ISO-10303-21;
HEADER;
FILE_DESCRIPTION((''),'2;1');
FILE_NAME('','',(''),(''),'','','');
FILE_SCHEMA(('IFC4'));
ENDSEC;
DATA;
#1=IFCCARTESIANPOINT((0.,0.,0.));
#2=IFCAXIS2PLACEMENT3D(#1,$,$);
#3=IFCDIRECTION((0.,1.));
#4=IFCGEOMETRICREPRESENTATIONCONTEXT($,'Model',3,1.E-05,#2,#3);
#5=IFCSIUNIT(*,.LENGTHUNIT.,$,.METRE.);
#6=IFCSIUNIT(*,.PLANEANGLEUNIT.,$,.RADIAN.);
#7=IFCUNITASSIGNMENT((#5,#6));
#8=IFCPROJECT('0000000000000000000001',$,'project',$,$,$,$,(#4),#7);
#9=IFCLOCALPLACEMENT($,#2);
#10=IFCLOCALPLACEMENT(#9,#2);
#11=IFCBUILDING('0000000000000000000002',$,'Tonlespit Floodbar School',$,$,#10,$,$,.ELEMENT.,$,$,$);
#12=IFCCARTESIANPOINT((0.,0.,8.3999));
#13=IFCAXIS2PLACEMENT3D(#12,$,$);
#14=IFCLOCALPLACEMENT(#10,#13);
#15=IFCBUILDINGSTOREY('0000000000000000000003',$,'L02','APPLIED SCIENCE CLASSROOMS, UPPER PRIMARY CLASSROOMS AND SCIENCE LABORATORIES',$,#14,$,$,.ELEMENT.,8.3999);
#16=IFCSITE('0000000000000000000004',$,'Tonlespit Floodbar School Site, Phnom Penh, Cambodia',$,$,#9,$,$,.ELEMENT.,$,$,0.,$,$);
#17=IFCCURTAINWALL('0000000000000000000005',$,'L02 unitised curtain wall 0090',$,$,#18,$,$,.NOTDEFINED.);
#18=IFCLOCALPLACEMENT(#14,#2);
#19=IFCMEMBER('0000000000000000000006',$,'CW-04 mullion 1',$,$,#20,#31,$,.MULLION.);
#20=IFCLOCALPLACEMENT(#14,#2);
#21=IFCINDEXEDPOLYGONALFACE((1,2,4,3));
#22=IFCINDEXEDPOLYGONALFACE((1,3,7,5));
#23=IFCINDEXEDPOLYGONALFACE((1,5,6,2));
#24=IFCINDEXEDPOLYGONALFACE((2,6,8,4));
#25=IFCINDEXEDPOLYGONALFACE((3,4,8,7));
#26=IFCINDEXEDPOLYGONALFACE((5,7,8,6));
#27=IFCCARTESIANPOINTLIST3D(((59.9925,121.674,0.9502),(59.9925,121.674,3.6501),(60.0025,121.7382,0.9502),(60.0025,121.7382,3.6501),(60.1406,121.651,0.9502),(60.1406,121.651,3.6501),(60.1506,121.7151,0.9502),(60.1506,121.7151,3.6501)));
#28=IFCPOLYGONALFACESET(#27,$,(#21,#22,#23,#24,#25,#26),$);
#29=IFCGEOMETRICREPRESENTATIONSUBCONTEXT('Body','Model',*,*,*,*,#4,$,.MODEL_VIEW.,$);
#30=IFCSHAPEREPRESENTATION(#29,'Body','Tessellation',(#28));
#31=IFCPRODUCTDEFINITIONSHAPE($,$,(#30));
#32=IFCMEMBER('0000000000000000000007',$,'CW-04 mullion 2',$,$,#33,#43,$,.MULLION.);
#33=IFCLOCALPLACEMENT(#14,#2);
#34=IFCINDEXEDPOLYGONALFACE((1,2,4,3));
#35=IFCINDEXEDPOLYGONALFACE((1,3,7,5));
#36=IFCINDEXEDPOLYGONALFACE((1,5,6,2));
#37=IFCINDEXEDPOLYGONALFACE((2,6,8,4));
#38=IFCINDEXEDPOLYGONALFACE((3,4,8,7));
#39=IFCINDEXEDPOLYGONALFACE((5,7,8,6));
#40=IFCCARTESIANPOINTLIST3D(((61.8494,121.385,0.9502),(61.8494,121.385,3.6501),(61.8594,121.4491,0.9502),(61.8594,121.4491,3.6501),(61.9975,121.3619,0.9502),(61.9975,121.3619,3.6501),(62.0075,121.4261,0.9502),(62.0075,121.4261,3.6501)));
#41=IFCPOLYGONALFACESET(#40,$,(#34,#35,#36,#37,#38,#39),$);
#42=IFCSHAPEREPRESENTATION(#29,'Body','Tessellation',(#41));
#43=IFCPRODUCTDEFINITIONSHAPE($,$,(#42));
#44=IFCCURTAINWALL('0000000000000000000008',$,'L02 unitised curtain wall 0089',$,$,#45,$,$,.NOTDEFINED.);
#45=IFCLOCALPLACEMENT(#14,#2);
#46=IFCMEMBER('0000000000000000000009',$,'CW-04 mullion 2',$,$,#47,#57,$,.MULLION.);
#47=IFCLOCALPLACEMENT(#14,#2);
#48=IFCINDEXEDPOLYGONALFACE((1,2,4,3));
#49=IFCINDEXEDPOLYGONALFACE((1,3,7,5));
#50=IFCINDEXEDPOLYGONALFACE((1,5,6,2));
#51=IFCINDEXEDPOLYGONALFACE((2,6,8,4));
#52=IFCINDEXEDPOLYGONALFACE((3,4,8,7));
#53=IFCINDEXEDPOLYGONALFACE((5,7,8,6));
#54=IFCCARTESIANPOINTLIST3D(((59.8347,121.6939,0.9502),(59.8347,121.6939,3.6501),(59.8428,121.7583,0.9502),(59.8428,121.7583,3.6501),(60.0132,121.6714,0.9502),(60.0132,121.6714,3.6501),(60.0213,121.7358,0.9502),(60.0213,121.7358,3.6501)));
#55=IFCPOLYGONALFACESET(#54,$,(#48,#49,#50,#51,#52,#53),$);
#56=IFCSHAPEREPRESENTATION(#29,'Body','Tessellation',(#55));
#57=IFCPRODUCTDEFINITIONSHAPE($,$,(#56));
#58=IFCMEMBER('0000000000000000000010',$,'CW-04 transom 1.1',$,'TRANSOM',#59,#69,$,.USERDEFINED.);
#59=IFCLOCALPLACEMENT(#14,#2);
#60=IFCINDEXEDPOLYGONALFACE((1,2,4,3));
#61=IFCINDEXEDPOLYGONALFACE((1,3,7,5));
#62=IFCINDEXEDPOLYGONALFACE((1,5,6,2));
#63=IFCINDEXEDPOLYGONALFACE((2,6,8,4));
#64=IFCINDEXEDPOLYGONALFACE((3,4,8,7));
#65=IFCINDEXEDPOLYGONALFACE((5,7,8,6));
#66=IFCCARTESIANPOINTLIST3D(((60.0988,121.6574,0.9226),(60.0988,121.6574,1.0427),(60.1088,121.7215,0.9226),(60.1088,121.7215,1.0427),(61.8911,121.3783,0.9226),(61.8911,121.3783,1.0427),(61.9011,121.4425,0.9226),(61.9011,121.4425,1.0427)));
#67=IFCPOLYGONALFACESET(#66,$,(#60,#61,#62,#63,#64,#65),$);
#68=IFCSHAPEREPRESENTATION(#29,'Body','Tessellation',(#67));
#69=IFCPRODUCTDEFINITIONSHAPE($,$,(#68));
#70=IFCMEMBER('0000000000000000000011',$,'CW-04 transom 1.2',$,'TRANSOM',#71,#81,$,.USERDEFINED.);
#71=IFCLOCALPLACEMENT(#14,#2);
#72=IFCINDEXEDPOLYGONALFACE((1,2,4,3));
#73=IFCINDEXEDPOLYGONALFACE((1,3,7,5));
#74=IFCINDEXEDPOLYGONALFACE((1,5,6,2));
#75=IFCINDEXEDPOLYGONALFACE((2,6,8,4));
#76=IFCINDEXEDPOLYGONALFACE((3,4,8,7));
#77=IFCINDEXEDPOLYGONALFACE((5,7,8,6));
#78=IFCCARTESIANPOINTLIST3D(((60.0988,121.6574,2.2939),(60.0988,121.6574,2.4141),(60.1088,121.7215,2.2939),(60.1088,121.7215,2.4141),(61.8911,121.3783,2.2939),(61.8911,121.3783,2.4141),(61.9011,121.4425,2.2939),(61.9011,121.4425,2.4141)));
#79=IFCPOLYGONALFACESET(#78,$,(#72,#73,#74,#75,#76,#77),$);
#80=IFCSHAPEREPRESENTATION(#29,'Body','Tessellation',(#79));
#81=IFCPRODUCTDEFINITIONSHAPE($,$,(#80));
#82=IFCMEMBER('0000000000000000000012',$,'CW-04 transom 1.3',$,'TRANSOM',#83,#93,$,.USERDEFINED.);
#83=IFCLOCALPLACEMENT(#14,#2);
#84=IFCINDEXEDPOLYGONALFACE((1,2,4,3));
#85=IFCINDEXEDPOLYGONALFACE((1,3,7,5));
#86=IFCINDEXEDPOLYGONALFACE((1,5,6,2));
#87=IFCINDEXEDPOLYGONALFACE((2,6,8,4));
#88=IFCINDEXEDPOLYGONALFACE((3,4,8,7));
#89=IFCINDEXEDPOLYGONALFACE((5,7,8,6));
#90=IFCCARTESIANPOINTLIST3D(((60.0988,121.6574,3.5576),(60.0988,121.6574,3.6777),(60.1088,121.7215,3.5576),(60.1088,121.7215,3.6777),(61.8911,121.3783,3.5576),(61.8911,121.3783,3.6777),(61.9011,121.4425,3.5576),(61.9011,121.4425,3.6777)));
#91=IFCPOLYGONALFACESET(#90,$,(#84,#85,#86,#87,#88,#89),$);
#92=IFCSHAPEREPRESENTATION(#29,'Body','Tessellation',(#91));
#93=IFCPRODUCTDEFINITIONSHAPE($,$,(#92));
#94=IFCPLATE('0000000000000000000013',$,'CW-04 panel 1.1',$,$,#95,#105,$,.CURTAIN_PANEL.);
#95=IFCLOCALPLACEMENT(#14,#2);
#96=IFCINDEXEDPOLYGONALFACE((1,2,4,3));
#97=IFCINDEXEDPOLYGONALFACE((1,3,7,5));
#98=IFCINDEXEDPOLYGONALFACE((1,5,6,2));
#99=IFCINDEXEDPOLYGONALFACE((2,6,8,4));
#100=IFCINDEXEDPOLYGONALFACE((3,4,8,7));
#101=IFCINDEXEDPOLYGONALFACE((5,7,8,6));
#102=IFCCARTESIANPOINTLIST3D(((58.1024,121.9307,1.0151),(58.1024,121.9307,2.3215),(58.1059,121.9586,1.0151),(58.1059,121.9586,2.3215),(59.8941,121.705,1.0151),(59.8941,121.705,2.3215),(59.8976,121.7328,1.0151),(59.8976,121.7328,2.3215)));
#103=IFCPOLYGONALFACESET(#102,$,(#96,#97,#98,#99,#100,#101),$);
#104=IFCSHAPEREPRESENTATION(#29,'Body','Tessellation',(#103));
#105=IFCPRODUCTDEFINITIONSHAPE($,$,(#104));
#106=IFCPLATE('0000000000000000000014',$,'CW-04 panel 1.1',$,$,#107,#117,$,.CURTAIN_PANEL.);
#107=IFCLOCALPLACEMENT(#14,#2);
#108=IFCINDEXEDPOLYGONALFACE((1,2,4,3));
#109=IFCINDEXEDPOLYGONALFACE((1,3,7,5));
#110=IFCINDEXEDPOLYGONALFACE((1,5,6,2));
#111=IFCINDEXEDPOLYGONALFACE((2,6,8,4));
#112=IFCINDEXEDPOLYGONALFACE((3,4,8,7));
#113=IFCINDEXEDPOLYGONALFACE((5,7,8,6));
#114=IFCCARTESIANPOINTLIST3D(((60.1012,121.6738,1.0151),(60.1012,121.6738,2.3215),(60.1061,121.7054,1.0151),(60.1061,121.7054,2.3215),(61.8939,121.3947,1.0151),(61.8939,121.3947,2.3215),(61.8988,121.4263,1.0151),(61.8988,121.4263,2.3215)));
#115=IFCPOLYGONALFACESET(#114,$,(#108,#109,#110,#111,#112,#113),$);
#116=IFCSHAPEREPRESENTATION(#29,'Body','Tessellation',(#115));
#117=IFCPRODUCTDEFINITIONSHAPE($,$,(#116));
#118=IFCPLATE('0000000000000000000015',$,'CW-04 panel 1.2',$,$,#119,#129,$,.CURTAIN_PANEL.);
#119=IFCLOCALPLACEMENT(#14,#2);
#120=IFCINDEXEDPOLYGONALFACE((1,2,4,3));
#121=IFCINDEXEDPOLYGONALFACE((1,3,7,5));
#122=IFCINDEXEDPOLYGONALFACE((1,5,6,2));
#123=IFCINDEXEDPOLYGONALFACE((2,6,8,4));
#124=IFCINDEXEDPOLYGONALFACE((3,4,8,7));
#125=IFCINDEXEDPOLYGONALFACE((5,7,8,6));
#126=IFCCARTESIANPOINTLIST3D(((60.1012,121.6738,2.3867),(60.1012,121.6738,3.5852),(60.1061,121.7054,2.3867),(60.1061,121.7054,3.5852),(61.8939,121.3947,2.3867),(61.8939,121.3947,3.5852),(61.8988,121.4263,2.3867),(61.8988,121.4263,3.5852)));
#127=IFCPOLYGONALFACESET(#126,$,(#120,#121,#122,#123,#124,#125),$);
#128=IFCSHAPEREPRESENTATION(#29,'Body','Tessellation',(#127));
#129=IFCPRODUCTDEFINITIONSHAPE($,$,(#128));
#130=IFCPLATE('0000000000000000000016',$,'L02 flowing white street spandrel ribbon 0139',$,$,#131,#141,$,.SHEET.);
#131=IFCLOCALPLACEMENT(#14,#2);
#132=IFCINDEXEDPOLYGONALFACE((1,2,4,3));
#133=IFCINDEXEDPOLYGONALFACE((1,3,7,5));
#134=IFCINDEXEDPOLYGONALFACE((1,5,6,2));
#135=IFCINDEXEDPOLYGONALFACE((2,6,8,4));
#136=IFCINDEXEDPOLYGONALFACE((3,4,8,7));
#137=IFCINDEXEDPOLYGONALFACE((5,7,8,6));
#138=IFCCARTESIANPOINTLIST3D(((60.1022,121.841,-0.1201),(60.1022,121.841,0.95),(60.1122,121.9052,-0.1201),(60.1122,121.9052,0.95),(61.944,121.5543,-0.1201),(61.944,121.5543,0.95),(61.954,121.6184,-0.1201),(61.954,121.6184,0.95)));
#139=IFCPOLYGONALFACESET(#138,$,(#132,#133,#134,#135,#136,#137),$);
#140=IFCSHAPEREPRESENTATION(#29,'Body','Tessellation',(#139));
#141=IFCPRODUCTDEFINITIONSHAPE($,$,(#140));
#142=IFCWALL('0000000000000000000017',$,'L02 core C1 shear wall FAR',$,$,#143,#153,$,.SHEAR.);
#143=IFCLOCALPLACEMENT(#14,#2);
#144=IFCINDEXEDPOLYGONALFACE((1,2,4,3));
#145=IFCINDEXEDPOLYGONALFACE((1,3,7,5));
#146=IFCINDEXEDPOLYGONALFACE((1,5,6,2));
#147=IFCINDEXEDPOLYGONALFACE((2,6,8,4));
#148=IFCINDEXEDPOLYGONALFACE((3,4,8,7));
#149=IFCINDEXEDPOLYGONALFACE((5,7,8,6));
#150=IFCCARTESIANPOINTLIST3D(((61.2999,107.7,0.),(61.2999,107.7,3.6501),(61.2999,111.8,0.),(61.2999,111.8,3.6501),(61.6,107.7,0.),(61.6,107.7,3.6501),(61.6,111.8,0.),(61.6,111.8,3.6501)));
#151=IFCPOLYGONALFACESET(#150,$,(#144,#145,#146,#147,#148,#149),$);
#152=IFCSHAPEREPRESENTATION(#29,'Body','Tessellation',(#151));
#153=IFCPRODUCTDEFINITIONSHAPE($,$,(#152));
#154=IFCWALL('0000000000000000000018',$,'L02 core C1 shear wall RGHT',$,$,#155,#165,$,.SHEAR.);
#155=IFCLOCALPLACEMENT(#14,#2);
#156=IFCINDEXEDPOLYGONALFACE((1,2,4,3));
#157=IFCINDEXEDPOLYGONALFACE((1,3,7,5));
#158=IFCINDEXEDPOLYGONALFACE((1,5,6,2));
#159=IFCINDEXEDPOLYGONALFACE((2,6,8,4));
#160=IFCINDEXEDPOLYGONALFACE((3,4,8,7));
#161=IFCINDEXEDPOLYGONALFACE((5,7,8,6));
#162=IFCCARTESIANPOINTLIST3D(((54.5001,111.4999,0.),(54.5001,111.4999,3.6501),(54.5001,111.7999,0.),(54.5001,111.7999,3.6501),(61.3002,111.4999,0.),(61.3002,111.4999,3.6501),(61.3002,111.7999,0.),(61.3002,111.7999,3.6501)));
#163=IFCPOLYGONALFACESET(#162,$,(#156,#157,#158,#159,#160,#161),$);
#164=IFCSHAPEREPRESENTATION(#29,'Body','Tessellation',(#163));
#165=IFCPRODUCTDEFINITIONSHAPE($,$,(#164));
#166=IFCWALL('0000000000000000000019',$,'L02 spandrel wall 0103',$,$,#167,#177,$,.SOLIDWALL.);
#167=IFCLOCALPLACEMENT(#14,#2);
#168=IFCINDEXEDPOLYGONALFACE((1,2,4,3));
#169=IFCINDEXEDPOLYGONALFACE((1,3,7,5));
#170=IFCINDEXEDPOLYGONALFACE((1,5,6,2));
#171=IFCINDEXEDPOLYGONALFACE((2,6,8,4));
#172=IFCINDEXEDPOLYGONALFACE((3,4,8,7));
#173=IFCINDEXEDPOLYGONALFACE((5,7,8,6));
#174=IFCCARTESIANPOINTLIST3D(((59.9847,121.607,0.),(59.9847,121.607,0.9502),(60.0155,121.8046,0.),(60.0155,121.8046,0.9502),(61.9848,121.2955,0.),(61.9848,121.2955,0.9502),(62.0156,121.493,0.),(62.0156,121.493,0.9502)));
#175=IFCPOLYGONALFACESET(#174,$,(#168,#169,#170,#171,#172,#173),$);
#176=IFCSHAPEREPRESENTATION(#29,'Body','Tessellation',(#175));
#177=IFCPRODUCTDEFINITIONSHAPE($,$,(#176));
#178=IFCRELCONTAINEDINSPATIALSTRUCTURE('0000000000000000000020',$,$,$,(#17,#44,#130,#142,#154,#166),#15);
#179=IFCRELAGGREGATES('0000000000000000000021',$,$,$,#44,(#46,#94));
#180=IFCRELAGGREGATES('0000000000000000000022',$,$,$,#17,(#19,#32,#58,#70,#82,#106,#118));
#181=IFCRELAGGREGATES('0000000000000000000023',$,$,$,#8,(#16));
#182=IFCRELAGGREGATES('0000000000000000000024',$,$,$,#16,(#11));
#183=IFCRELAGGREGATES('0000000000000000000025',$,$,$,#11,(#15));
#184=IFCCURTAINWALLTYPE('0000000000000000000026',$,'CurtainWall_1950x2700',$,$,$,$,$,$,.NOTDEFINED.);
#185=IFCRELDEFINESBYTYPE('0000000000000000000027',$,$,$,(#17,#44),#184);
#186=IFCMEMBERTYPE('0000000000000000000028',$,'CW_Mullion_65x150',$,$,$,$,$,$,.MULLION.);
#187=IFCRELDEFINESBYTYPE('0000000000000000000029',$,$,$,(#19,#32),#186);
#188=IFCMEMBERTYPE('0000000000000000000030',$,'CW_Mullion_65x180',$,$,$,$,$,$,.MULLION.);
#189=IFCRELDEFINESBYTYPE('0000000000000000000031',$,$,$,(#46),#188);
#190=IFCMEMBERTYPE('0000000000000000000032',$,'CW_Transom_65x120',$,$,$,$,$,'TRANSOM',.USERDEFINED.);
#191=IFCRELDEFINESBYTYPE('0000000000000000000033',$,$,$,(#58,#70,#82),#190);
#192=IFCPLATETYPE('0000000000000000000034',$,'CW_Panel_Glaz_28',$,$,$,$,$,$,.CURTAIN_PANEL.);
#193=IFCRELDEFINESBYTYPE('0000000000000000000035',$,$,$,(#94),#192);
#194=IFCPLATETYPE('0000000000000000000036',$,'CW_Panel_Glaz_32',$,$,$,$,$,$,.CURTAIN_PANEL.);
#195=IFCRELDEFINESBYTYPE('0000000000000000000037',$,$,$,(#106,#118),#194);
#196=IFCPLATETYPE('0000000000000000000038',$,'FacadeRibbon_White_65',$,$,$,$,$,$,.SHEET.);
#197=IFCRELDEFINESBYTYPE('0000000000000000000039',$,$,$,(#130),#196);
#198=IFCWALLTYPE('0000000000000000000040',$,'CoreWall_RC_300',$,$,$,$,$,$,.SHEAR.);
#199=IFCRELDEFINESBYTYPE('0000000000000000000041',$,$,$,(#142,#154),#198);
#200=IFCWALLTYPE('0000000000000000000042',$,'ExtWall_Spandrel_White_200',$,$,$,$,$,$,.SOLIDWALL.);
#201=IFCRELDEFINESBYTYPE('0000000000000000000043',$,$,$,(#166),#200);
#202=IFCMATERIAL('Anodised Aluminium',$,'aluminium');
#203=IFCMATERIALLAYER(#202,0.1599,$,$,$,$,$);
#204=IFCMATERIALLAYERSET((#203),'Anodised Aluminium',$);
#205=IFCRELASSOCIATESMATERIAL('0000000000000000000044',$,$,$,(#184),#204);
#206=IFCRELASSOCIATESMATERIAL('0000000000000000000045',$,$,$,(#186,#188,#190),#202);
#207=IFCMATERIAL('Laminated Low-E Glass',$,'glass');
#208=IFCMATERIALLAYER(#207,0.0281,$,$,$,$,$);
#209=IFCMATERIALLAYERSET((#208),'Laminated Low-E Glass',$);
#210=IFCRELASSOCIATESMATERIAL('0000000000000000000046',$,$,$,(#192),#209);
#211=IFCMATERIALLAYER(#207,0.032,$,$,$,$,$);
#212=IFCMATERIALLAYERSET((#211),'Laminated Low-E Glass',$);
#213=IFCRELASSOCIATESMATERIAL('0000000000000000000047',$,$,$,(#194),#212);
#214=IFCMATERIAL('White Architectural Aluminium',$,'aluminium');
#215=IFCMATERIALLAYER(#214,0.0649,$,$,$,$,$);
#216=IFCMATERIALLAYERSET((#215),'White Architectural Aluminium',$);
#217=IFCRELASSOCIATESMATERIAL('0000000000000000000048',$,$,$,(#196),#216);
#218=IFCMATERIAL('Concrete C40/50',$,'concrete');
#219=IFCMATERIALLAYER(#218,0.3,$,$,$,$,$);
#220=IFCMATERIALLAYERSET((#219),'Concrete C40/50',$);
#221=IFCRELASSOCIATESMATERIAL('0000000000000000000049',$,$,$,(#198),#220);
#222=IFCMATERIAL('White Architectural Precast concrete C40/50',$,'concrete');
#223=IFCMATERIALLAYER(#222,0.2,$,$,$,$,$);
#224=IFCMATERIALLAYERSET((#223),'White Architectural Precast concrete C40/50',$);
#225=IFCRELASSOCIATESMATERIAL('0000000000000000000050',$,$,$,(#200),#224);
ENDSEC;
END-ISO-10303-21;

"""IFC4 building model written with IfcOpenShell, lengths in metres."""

from ifc_helpers import new_model, si_unit, direction, frame, frame_2d, origin, origin_2d, place, context, subcontext, project, spatial, rectangle, extrude, material, layer, layer_set, material_profile, profile_set, type_object, element, aggregate, save


model = new_model("IFC4")

# Units and contexts
model_context = context("Model", 3, precision=1e-05, world=origin(), true_north=direction((0.0, 1.0)))
body_context = subcontext(model_context, "Body", "Model", "MODEL_VIEW")
ifc_project = project(units=[si_unit("LENGTHUNIT", "METRE"), si_unit("PLANEANGLEUNIT", "RADIAN")], contexts=[model_context])

# Site, building, storey
site_placement = place(None, origin())
site = spatial("IfcSite", under=ifc_project, at=site_placement, Name="Tonlespit Floodbar School Site, Phnom Penh, Cambodia", CompositionType="ELEMENT", RefElevation=0.0)
building_placement = place(site_placement, origin())
building = spatial("IfcBuilding", under=site, at=building_placement, Name="Tonlespit Floodbar School", CompositionType="ELEMENT")
storey_placement = place(building_placement, frame((0.0, 0.0, 8.3999)))
storey = spatial("IfcBuildingStorey", under=building, at=storey_placement, Name="L02", Description="APPLIED SCIENCE CLASSROOMS, UPPER PRIMARY CLASSROOMS AND SCIENCE LABORATORIES", CompositionType="ELEMENT", Elevation=8.3999)

# Curtain wall, members
ifc_material_1 = material(Name="Anodised Aluminium", Category="aluminium")
ifc_layer_1 = layer(ifc_material_1, 0.1599)
ifc_layer_set_1 = layer_set([ifc_layer_1], Name="Anodised Aluminium")
curtain_wall_type = type_object("IfcCurtainWallType", Name="CurtainWall_1950x2700", PredefinedType="NOTDEFINED", material=ifc_layer_set_1)
curtain_wall_1_placement = place(storey_placement, origin())
curtain_wall_1 = element("IfcCurtainWall", 1, at=curtain_wall_1_placement, inside=storey, type_object=curtain_wall_type, Name="L02 unitised curtain wall 0090", PredefinedType="NOTDEFINED")
ifc_material_profile_1 = material_profile(ifc_material_1, rectangle(XDim=0.0649, YDim=0.1499, at=origin_2d()), Name="ALU M65x150")
ifc_profile_set_1 = profile_set([ifc_material_profile_1], Name="Anodised Aluminium")
member_type_1 = type_object("IfcMemberType", Name="CW_Mullion_65x150", PredefinedType="MULLION", material=ifc_profile_set_1)
member_1_placement = place(storey_placement, frame((60.0715, 121.6946, 0.9502), z_axis=(0.0, 0.0, 1.0), x_axis=(0.153796, 0.988103, 0.0)))
member_1 = element("IfcMember", 2, at=member_1_placement, type_object=member_type_1, Name="CW-04 mullion 1", PredefinedType="MULLION", context=body_context, shape_type="SweptSolid", body=[
    extrude(rectangle(XDim=0.0649, YDim=0.1499, at=origin_2d()), origin(), (0.0, 0.0, 1.0), 2.7),
])
member_2_placement = place(storey_placement, frame((61.9285, 121.4055, 0.9502), z_axis=(0.0, 0.0, 1.0), x_axis=(0.153796, 0.988103, 0.0)))
member_2 = element("IfcMember", 3, at=member_2_placement, type_object=member_type_1, Name="CW-04 mullion 2", PredefinedType="MULLION", context=body_context, shape_type="SweptSolid", body=[
    extrude(rectangle(XDim=0.0649, YDim=0.1499, at=origin_2d()), origin(), (0.0, 0.0, 1.0), 2.7),
])

# Curtain wall, member
curtain_wall_2_placement = place(storey_placement, origin())
curtain_wall_2 = element("IfcCurtainWall", 4, at=curtain_wall_2_placement, inside=storey, type_object=curtain_wall_type, Name="L02 unitised curtain wall 0089", PredefinedType="NOTDEFINED")
ifc_material_profile_2 = material_profile(ifc_material_1, rectangle(XDim=0.0649, YDim=0.1799, at=origin_2d()), Name="ALU M65x180")
ifc_profile_set_2 = profile_set([ifc_material_profile_2], Name="Anodised Aluminium")
member_type_2 = type_object("IfcMemberType", Name="CW_Mullion_65x180", PredefinedType="MULLION", material=ifc_profile_set_2)
member_3_placement = place(storey_placement, frame((59.928, 121.7148, 0.9502), z_axis=(0.0, 0.0, 1.0), x_axis=(0.125014, 0.992155, 0.0)))
member_3 = element("IfcMember", 5, at=member_3_placement, type_object=member_type_2, Name="CW-04 mullion 2", PredefinedType="MULLION", context=body_context, shape_type="SweptSolid", body=[
    extrude(rectangle(XDim=0.0649, YDim=0.1799, at=origin_2d()), origin(), (0.0, 0.0, 1.0), 2.7),
])

# Members
ifc_material_profile_3 = material_profile(ifc_material_1, rectangle(XDim=0.0649, YDim=0.1201, at=origin_2d()), Name="ALU T65x120")
ifc_profile_set_3 = profile_set([ifc_material_profile_3], Name="Anodised Aluminium")
member_type_3 = type_object("IfcMemberType", Name="CW_Transom_65x120", ElementType="TRANSOM", PredefinedType="USERDEFINED", material=ifc_profile_set_3)
member_4_placement = place(storey_placement, frame((60.1038, 121.6895, 0.9827), z_axis=(0.988098, -0.153827, 0.0), x_axis=(0.153827, 0.988098, 0.0)))
member_4 = element("IfcMember", 6, at=member_4_placement, type_object=member_type_3, Name="CW-04 transom 1.1", ObjectType="TRANSOM", PredefinedType="USERDEFINED", context=body_context, shape_type="SweptSolid", body=[
    extrude(rectangle(XDim=0.0649, YDim=0.1201, at=origin_2d()), origin(), (0.0, 0.0, 1.0), 1.814),
])
member_5_placement = place(storey_placement, frame((60.1038, 121.6895, 2.354), z_axis=(0.988098, -0.153827, 0.0), x_axis=(0.153827, 0.988098, 0.0)))
member_5 = element("IfcMember", 7, at=member_5_placement, type_object=member_type_3, Name="CW-04 transom 1.2", ObjectType="TRANSOM", PredefinedType="USERDEFINED", context=body_context, shape_type="SweptSolid", body=[
    extrude(rectangle(XDim=0.0649, YDim=0.1201, at=origin_2d()), origin(), (0.0, 0.0, 1.0), 1.814),
])
member_6_placement = place(storey_placement, frame((60.1038, 121.6895, 3.6177), z_axis=(0.988098, -0.153827, 0.0), x_axis=(0.153827, 0.988098, 0.0)))
member_6 = element("IfcMember", 8, at=member_6_placement, type_object=member_type_3, Name="CW-04 transom 1.3", ObjectType="TRANSOM", PredefinedType="USERDEFINED", context=body_context, shape_type="SweptSolid", body=[
    extrude(rectangle(XDim=0.0649, YDim=0.1201, at=origin_2d()), origin(), (0.0, 0.0, 1.0), 1.814),
])

# Plates
ifc_material_2 = material(Name="Laminated Low-E Glass", Category="glass")
ifc_layer_2 = layer(ifc_material_2, 0.0281)
ifc_layer_set_2 = layer_set([ifc_layer_2], Name="Laminated Low-E Glass")
plate_type_1 = type_object("IfcPlateType", Name="CW_Panel_Glaz_28", PredefinedType="CURTAIN_PANEL", material=ifc_layer_set_2)
plate_1_placement = place(storey_placement, frame((59.0, 121.8318, 1.0151), z_axis=(0.0, 0.0, 1.0), x_axis=(0.992155, -0.125014, 0.0)))
plate_1 = element("IfcPlate", 9, at=plate_1_placement, type_object=plate_type_1, Name="CW-04 panel 1.1", PredefinedType="CURTAIN_PANEL", context=body_context, shape_type="SweptSolid", body=[
    extrude(rectangle(XDim=1.8059, YDim=0.0281, at=origin_2d()), origin(), (0.0, 0.0, 1.0), 1.3064),
])
aggregate(curtain_wall_2, [member_3, plate_1])
ifc_layer_3 = layer(ifc_material_2, 0.032)
ifc_layer_set_3 = layer_set([ifc_layer_3], Name="Laminated Low-E Glass")
plate_type_2 = type_object("IfcPlateType", Name="CW_Panel_Glaz_32", PredefinedType="CURTAIN_PANEL", material=ifc_layer_set_3)
plate_2_placement = place(storey_placement, frame((61.0, 121.55, 1.0151), z_axis=(0.0, 0.0, 1.0), x_axis=(0.988103, -0.153796, 0.0)))
plate_2 = element("IfcPlate", 10, at=plate_2_placement, type_object=plate_type_2, Name="CW-04 panel 1.1", PredefinedType="CURTAIN_PANEL", context=body_context, shape_type="SweptSolid", body=[
    extrude(rectangle(XDim=1.8142, YDim=0.032, at=origin_2d()), origin(), (0.0, 0.0, 1.0), 1.3064),
])
plate_3_placement = place(storey_placement, frame((61.0, 121.55, 2.3867), z_axis=(0.0, 0.0, 1.0), x_axis=(0.988103, -0.153796, 0.0)))
plate_3 = element("IfcPlate", 11, at=plate_3_placement, type_object=plate_type_2, Name="CW-04 panel 1.2", PredefinedType="CURTAIN_PANEL", context=body_context, shape_type="SweptSolid", body=[
    extrude(rectangle(XDim=1.8142, YDim=0.032, at=origin_2d()), origin(), (0.0, 0.0, 1.0), 1.1985),
])
aggregate(curtain_wall_1, [member_1, member_2, member_4, member_5, member_6, plate_2, plate_3])
ifc_material_3 = material(Name="White Architectural Aluminium", Category="aluminium")
ifc_layer_4 = layer(ifc_material_3, 0.0649)
ifc_layer_set_4 = layer_set([ifc_layer_4], Name="White Architectural Aluminium")
plate_type_3 = type_object("IfcPlateType", Name="FacadeRibbon_White_65", PredefinedType="SHEET", material=ifc_layer_set_4)
plate_4_placement = place(storey_placement, frame((61.0281, 121.7297, -0.1201), z_axis=(0.0, 0.0, 1.0), x_axis=(0.988095, -0.153846, 0.0)))
element("IfcPlate", 12, at=plate_4_placement, inside=storey, type_object=plate_type_3, Name="L02 flowing white street spandrel ribbon 0139", PredefinedType="SHEET", context=body_context, shape_type="SweptSolid", body=[
    extrude(rectangle(XDim=1.864, YDim=0.0649, at=origin_2d()), origin(), (0.0, 0.0, 1.0), 1.0701),
])

# Walls
ifc_material_4 = material(Name="Concrete C40/50", Category="concrete")
ifc_layer_5 = layer(ifc_material_4, 0.3)
ifc_layer_set_5 = layer_set([ifc_layer_5], Name="Concrete C40/50")
wall_type_1 = type_object("IfcWallType", Name="CoreWall_RC_300", PredefinedType="SHEAR", material=ifc_layer_set_5)
wall_1_placement = place(storey_placement, frame((61.45, 111.8, 0.0), z_axis=(0.0, 0.0, 1.0), x_axis=(0.0, -1.0, 0.0)))
element("IfcWall", 13, at=wall_1_placement, inside=storey, type_object=wall_type_1, Name="L02 core C1 shear wall FAR", PredefinedType="SHEAR", context=body_context, shape_type="SweptSolid", body=[
    extrude(rectangle(XDim=4.1001, YDim=0.3, at=frame_2d((2.05, 0.0))), origin(), (0.0, 0.0, 1.0), 3.6501),
])
wall_2_placement = place(storey_placement, frame((61.3, 111.6499, 0.0), z_axis=(0.0, 0.0, 1.0), x_axis=(-1.0, 0.0, 0.0)))
element("IfcWall", 14, at=wall_2_placement, inside=storey, type_object=wall_type_1, Name="L02 core C1 shear wall RGHT", PredefinedType="SHEAR", context=body_context, shape_type="SweptSolid", body=[
    extrude(rectangle(XDim=6.8, YDim=0.3, at=frame_2d((3.3999, 0.0))), origin(), (0.0, 0.0, 1.0), 3.6501),
])
ifc_material_5 = material(Name="White Architectural Precast concrete C40/50", Category="concrete")
ifc_layer_6 = layer(ifc_material_5, 0.2)
ifc_layer_set_6 = layer_set([ifc_layer_6], Name="White Architectural Precast concrete C40/50")
wall_type_2 = type_object("IfcWallType", Name="ExtWall_Spandrel_White_200", PredefinedType="SOLIDWALL", material=ifc_layer_set_6)
wall_3_placement = place(storey_placement, frame((60.0, 121.7058, 0.0), z_axis=(0.0, 0.0, 1.0), x_axis=(0.988086, -0.153906, 0.0)))
element("IfcWall", 15, at=wall_3_placement, inside=storey, type_object=wall_type_2, Name="L02 spandrel wall 0103", PredefinedType="SOLIDWALL", context=body_context, shape_type="SweptSolid", body=[
    extrude(rectangle(XDim=2.0242, YDim=0.2, at=frame_2d((1.0122, 0.0))), origin(), (0.0, 0.0, 1.0), 0.9502),
])

save(model, "model.ifc")
